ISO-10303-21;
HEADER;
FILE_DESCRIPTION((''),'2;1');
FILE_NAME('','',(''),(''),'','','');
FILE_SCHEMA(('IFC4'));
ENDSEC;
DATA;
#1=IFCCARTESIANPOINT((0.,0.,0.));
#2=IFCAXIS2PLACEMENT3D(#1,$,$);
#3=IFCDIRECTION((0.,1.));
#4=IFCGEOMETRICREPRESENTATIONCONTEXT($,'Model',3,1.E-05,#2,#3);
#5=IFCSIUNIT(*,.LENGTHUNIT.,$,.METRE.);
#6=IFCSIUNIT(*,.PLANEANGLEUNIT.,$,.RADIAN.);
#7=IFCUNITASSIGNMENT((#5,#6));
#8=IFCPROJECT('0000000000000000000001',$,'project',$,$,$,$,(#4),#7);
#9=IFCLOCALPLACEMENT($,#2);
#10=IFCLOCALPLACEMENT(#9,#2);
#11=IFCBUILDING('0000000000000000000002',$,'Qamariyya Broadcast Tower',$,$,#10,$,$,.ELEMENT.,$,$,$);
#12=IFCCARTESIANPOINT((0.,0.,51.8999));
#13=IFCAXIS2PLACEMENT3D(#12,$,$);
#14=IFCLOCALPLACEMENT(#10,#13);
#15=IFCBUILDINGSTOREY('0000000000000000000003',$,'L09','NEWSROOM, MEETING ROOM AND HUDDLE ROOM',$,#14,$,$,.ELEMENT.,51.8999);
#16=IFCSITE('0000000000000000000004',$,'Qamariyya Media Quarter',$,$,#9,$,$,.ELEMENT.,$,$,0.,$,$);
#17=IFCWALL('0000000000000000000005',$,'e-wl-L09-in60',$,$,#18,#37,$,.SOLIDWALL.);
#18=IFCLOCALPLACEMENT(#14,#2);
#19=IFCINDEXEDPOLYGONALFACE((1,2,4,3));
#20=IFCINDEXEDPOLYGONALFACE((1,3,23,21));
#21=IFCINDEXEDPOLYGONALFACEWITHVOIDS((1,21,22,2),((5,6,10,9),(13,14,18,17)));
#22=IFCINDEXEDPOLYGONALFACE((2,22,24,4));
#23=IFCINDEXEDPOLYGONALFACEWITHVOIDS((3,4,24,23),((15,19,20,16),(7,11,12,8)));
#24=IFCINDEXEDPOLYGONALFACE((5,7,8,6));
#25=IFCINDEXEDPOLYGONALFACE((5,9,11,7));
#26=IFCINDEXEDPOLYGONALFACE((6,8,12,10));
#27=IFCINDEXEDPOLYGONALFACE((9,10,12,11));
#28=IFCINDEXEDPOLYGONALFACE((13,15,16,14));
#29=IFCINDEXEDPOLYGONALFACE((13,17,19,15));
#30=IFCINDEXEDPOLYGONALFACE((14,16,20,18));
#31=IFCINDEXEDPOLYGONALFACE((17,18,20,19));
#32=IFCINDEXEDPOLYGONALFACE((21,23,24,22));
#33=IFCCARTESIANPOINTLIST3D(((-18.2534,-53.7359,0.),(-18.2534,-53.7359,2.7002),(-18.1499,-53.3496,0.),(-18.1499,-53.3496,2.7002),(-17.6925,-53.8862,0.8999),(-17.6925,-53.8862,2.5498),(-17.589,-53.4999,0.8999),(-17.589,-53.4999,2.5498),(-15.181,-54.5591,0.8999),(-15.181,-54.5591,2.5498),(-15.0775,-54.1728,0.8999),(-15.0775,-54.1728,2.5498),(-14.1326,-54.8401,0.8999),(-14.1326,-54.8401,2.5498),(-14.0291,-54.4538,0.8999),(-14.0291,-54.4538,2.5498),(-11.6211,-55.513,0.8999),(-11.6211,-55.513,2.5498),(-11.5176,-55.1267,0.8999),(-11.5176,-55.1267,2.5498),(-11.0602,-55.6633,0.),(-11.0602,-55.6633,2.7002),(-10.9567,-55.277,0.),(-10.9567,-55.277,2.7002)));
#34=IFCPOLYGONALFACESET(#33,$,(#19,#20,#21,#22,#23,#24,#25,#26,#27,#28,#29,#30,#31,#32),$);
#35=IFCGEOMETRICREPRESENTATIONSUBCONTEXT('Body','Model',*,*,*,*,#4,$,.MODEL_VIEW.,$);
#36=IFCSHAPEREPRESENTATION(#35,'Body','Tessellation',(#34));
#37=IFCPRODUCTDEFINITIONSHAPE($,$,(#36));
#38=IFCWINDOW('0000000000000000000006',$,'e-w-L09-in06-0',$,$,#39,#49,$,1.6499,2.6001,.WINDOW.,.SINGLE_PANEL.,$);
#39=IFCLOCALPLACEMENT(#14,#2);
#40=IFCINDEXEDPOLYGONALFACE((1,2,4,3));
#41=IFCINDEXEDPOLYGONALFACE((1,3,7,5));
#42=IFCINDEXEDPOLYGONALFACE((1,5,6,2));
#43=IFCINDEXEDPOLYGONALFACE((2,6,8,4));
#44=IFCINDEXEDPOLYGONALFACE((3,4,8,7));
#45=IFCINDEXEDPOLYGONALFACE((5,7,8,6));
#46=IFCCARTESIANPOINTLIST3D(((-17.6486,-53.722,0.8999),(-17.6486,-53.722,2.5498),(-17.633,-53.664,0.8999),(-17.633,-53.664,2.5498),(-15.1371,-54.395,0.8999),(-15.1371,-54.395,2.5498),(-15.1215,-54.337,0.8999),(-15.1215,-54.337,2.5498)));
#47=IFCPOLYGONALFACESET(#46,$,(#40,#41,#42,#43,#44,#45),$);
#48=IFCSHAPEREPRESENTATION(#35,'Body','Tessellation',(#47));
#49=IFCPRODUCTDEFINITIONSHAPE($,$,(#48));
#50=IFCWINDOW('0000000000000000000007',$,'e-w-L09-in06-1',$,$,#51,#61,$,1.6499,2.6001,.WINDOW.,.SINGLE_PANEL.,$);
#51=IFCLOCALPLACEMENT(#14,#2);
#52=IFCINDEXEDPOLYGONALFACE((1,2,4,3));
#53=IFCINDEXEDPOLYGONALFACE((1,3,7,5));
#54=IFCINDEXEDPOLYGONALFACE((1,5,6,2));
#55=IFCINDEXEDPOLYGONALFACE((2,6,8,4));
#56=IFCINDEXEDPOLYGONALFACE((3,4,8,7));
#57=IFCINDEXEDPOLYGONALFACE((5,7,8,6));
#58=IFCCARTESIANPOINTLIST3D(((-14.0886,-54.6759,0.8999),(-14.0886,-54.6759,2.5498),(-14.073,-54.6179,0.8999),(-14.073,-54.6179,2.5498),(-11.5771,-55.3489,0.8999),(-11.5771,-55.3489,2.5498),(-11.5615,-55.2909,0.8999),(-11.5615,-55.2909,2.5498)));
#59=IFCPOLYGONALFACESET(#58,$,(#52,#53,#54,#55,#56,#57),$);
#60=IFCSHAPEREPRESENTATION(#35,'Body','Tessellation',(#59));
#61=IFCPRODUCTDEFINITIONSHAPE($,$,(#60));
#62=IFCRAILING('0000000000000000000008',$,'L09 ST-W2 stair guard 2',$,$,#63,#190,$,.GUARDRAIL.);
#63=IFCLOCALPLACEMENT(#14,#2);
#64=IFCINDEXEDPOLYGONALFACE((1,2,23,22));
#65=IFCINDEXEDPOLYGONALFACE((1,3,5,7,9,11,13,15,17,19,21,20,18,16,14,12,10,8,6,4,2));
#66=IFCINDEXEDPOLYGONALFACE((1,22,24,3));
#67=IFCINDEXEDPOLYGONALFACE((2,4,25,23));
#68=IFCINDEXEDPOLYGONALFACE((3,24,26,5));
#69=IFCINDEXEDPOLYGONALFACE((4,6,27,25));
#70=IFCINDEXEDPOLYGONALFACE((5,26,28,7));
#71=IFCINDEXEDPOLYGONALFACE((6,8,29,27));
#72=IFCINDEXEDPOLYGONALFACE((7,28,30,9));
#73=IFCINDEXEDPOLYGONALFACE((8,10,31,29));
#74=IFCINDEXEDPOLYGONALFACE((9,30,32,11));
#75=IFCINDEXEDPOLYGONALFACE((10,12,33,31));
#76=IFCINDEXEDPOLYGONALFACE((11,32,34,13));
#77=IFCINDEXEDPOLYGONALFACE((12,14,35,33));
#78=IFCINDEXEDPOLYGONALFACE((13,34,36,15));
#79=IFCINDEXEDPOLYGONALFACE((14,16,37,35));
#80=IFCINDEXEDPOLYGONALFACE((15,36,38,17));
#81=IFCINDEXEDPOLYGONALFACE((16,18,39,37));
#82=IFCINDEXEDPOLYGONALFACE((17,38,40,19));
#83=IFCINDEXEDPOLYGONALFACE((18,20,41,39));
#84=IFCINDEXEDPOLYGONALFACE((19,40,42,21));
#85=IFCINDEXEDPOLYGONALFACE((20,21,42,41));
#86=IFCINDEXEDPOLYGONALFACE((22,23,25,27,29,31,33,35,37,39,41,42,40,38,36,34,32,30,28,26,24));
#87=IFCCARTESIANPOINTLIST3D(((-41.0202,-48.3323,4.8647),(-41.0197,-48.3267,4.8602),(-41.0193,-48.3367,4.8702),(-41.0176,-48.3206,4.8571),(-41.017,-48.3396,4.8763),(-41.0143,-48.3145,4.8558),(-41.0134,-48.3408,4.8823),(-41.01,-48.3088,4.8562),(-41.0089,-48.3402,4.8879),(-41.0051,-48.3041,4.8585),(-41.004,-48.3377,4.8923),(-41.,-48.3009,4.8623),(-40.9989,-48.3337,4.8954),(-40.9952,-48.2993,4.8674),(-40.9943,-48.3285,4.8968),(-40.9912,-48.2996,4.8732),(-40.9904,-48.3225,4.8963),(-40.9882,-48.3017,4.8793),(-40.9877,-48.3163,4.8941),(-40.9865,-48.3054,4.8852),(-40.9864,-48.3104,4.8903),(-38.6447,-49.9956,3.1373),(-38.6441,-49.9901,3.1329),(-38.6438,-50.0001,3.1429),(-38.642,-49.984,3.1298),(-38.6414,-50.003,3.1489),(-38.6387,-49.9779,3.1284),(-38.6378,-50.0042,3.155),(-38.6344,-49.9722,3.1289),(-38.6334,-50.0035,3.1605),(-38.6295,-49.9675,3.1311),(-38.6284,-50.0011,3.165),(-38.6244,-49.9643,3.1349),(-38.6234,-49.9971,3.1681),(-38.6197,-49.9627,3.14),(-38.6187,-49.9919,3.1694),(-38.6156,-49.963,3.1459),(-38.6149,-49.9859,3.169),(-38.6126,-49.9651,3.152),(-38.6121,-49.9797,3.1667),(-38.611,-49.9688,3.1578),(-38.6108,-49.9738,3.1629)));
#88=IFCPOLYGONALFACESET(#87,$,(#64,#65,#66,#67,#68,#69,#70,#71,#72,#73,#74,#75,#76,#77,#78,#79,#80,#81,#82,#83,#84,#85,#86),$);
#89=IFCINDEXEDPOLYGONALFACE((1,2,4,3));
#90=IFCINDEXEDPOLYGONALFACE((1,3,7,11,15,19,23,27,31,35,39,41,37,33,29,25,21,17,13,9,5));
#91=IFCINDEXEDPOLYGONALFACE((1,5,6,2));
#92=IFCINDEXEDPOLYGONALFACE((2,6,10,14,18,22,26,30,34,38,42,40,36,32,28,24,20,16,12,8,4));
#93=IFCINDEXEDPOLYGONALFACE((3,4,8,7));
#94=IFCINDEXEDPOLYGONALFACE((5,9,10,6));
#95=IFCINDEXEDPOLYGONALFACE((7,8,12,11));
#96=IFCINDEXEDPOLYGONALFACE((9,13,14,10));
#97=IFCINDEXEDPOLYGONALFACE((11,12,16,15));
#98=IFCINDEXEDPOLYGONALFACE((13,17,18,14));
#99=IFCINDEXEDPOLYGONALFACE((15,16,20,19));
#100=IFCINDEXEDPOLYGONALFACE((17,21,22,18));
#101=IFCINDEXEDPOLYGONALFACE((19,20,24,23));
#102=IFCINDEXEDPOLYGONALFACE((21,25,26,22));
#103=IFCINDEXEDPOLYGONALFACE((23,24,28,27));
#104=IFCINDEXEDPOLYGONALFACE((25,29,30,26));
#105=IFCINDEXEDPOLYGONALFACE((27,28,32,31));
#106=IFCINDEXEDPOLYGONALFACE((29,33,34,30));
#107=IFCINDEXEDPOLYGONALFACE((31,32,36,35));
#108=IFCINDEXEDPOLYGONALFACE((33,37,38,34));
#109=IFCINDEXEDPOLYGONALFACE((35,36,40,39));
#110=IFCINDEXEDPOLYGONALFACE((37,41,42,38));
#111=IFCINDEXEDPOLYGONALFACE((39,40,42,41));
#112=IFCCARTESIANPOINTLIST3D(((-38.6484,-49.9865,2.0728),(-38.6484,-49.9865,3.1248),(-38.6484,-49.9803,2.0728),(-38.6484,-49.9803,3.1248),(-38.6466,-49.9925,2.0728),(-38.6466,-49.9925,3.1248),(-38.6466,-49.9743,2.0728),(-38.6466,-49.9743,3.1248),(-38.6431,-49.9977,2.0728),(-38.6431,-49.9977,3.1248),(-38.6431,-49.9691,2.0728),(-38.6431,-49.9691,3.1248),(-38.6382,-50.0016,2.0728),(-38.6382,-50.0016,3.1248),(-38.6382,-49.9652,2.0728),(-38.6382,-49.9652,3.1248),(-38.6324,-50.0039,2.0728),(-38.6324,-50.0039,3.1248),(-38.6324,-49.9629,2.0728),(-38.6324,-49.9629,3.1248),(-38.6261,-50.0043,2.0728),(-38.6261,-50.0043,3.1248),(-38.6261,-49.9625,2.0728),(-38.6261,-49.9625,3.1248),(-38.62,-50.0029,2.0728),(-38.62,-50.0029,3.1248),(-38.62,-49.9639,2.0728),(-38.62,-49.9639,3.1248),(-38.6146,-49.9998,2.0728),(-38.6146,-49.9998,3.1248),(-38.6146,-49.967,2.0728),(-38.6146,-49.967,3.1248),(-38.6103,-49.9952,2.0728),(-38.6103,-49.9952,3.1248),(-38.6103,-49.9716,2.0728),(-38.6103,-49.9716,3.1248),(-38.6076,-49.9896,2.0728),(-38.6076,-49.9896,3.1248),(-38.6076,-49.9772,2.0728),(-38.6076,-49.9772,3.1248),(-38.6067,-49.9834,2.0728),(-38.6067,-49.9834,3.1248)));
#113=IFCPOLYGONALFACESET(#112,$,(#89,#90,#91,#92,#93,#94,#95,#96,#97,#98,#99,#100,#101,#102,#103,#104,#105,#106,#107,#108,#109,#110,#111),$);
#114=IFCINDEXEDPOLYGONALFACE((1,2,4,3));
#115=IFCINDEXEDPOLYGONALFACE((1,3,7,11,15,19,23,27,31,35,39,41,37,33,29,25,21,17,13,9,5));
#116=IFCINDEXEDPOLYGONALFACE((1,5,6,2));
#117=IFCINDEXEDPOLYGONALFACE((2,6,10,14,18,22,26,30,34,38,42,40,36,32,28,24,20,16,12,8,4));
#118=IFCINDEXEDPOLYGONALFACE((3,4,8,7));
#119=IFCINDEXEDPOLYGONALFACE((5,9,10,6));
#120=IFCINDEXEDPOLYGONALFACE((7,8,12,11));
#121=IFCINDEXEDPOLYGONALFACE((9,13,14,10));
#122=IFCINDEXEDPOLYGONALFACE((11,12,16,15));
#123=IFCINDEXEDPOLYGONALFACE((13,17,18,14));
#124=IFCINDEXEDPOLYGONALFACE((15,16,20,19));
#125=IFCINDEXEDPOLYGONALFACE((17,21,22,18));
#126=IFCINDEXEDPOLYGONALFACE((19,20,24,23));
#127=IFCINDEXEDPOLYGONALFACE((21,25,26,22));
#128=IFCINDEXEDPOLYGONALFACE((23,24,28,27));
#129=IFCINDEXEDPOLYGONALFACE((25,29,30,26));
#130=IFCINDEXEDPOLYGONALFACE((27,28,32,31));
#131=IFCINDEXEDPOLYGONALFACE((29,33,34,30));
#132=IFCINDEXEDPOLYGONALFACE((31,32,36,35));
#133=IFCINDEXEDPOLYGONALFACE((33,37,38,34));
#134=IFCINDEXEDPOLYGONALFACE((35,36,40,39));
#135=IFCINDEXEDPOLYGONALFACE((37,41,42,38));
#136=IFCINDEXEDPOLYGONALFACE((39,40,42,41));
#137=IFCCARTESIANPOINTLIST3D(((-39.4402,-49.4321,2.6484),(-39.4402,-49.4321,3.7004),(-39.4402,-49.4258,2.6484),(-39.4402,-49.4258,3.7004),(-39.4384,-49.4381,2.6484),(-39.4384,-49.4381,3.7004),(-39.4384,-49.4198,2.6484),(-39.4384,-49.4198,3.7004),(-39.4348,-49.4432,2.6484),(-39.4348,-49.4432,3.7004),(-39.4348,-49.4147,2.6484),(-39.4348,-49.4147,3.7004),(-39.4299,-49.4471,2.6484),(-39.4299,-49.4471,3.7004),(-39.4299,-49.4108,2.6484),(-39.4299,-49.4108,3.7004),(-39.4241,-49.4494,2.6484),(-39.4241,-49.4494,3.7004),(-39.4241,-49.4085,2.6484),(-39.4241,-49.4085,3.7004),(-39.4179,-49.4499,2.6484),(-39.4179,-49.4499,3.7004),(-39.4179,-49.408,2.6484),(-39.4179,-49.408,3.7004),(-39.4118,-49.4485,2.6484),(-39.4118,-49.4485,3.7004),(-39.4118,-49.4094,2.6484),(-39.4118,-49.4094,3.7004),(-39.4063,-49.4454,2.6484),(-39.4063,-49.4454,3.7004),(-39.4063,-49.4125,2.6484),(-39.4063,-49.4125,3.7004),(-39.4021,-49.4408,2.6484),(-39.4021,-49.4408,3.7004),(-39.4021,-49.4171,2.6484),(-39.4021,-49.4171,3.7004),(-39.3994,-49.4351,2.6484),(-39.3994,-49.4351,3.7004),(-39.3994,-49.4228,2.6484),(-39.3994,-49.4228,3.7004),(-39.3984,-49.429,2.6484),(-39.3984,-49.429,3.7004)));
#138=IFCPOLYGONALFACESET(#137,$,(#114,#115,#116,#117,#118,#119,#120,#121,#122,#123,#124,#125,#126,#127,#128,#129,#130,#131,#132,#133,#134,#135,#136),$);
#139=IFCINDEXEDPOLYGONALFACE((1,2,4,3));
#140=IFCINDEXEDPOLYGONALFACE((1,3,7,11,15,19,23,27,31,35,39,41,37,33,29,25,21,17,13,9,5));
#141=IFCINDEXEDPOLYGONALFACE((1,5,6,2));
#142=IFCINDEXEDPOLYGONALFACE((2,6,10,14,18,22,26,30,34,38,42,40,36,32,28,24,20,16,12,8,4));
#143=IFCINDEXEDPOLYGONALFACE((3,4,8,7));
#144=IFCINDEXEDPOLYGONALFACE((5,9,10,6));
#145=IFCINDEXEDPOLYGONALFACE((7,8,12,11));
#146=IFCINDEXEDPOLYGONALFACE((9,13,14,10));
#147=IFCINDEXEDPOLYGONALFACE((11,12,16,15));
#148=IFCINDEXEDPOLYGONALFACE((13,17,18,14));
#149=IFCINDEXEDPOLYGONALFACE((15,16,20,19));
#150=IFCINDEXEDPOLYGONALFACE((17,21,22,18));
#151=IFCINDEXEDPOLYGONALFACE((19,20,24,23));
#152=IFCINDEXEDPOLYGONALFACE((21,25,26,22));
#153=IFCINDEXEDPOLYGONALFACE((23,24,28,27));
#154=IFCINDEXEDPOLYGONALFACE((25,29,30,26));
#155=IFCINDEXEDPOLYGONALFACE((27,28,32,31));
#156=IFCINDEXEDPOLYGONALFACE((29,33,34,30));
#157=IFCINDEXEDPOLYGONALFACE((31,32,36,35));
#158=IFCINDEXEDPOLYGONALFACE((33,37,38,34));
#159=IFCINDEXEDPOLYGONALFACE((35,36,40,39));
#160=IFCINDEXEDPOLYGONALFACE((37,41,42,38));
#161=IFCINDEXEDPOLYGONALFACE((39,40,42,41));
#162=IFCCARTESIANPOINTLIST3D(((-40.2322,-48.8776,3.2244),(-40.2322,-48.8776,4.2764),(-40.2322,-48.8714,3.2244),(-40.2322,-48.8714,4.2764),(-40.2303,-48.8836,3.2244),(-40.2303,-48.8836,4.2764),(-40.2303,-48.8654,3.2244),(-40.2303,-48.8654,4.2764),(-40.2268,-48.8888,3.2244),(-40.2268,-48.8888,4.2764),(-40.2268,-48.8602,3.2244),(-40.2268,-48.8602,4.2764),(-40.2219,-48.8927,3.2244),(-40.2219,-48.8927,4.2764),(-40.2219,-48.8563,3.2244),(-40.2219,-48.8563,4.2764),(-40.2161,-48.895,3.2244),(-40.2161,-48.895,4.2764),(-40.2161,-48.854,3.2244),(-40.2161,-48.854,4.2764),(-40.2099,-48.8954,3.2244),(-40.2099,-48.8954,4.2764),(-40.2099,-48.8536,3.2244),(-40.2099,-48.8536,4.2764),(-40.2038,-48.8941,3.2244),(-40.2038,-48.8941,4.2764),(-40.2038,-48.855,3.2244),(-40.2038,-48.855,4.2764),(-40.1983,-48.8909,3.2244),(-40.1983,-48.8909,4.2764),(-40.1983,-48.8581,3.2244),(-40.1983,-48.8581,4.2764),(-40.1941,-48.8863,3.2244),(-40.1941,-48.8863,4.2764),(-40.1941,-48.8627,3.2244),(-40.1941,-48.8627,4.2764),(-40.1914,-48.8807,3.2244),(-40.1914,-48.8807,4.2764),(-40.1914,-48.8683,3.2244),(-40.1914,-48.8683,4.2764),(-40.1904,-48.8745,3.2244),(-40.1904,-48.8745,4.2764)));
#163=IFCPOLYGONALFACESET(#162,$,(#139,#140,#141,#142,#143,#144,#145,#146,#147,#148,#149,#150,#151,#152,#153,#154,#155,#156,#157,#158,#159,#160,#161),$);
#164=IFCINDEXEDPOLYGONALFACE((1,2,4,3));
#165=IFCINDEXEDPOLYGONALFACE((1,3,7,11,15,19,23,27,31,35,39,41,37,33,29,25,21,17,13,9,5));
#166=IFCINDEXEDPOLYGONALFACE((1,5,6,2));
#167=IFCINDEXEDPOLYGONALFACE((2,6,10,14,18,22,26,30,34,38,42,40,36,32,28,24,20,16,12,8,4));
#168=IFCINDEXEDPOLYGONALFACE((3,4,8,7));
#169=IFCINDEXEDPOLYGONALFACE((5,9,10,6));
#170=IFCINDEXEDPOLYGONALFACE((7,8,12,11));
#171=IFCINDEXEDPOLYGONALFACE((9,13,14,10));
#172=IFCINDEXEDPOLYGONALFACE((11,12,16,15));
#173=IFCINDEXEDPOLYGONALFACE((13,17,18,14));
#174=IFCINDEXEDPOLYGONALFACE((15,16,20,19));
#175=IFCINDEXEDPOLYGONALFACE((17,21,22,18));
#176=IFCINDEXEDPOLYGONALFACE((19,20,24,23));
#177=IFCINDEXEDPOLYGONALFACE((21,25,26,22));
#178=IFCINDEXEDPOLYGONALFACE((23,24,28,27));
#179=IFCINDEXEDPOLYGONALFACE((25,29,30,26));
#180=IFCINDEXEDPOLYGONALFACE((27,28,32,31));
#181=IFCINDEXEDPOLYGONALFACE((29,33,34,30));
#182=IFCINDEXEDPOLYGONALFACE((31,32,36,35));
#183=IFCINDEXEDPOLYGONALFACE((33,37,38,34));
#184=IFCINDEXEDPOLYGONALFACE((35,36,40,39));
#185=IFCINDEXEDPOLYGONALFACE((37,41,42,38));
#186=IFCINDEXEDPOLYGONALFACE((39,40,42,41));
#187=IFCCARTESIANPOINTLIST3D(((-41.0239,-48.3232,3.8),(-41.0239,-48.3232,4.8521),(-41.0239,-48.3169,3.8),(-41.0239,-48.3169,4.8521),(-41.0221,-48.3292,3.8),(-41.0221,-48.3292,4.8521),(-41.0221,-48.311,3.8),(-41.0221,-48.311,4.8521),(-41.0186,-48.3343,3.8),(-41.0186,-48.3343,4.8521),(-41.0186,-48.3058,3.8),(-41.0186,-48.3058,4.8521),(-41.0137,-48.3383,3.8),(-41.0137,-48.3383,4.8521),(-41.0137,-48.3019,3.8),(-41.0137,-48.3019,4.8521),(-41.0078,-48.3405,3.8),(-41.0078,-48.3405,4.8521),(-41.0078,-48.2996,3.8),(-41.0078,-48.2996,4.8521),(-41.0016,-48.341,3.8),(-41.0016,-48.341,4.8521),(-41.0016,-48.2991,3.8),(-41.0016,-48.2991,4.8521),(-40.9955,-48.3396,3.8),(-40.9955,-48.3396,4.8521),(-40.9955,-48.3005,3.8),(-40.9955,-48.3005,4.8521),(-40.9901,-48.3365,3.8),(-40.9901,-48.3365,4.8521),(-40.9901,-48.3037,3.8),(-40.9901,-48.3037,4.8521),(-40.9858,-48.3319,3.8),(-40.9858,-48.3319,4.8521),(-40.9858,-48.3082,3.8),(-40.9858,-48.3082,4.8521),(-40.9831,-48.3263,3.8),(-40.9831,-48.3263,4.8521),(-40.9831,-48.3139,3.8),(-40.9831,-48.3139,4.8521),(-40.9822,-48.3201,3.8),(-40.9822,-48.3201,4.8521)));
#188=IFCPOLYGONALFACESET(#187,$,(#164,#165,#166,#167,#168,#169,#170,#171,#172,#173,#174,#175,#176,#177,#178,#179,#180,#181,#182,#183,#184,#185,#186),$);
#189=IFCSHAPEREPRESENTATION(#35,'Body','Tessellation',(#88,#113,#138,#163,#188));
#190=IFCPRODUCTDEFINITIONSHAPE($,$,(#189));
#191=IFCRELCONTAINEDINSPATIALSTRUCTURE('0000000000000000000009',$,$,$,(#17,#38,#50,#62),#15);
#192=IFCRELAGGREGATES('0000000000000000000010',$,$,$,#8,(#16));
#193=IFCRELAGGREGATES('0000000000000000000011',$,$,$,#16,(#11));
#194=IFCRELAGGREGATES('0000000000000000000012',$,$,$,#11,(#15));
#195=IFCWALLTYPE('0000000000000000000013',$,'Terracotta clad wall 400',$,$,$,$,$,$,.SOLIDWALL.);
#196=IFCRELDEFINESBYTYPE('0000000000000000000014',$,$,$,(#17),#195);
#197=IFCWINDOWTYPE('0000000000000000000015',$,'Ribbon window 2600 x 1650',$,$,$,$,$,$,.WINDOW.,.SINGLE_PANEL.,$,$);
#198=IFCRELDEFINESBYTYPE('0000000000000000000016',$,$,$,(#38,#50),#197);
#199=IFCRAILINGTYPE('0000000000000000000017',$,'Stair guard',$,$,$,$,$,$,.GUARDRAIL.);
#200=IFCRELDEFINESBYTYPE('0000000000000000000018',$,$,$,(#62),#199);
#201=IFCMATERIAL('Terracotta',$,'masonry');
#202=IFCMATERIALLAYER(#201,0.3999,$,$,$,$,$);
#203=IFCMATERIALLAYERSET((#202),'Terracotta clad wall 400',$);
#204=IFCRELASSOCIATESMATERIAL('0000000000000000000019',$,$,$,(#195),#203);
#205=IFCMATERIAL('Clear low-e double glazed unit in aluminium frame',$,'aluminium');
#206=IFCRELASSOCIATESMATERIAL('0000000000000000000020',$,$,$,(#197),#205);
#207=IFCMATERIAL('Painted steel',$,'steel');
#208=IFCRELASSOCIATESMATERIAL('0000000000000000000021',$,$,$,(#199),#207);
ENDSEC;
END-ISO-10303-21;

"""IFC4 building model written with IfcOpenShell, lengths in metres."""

from ifc_helpers import new_model, si_unit, direction, frame, frame_2d, origin, origin_2d, place, context, subcontext, project, spatial, rectangle, circle, extrude, material, layer, layer_set, type_object, element, fill, save


model = new_model("IFC4")

# Units and contexts
model_context = context("Model", 3, precision=1e-05, world=origin(), true_north=direction((0.0, 1.0)))
body_context = subcontext(model_context, "Body", "Model", "MODEL_VIEW")
ifc_project = project(units=[si_unit("LENGTHUNIT", "METRE"), si_unit("PLANEANGLEUNIT", "RADIAN")], contexts=[model_context])

# Site, building, storey
site_placement = place(None, origin())
site = spatial("IfcSite", under=ifc_project, at=site_placement, Name="Qamariyya Media Quarter", CompositionType="ELEMENT", RefElevation=0.0)
building_placement = place(site_placement, origin())
building = spatial("IfcBuilding", under=site, at=building_placement, Name="Qamariyya Broadcast Tower", CompositionType="ELEMENT")
storey_placement = place(building_placement, frame((0.0, 0.0, 51.8999)))
storey = spatial("IfcBuildingStorey", under=building, at=storey_placement, Name="L09", Description="NEWSROOM, MEETING ROOM AND HUDDLE ROOM", CompositionType="ELEMENT", Elevation=51.8999)

# Wall, openings, windows
ifc_material_1 = material(Name="Terracotta", Category="masonry")
ifc_layer_1 = layer(ifc_material_1, 0.3999)
ifc_layer_set_1 = layer_set([ifc_layer_1], Name="Terracotta clad wall 400")
wall_type_1 = type_object("IfcWallType", Name="Terracotta clad wall 400", PredefinedType="SOLIDWALL", material=ifc_layer_set_1)
ifc_material_2 = material(Name="Clear low-e double glazed unit in aluminium frame", Category="aluminium")
window_type = type_object("IfcWindowType", Name="Ribbon window 2600 x 1650", PartitioningType="SINGLE_PANEL", PredefinedType="WINDOW", material=ifc_material_2)
wall_1_placement = place(storey_placement, frame((-11.0083, -55.4702, 0.0), z_axis=(0.0, 0.0, 1.0), x_axis=(-0.965925, 0.258823, 0.0)))
wall_1 = element("IfcWall", 1, at=wall_1_placement, inside=storey, type_object=wall_type_1, Name="e-wl-L09-in60", PredefinedType="SOLIDWALL", context=body_context, shape_type="SweptSolid", body=[
    extrude(rectangle(XDim=7.447, YDim=0.3999, at=frame_2d((3.7236, 0.0))), origin(), (0.0, 0.0, 1.0), 2.7002),
])
opening_1_placement = place(wall_1_placement, frame((4.2664, 0.0, 0.8999)))
opening_1 = element("IfcOpeningElement", 2, at=opening_1_placement, cuts=wall_1, PredefinedType="OPENING", context=body_context, shape_type="SweptSolid", body=[
    extrude(rectangle(XDim=2.6001, YDim=1.6499, at=frame_2d((1.3, 0.825))), frame((0.0, 0.21, 0.0), z_axis=(0.0, -1.0, 0.0), x_axis=(1.0, 0.0, 0.0)), (0.0, 0.0, 1.0), 0.4199),
])
opening_2_placement = place(wall_1_placement, frame((0.5808, 0.0, 0.8999)))
opening_2 = element("IfcOpeningElement", 3, at=opening_2_placement, cuts=wall_1, PredefinedType="OPENING", context=body_context, shape_type="SweptSolid", body=[
    extrude(rectangle(XDim=2.6001, YDim=1.6499, at=frame_2d((1.3, 0.825))), frame((0.0, 0.21, 0.0), z_axis=(0.0, -1.0, 0.0), x_axis=(1.0, 0.0, 0.0)), (0.0, 0.0, 1.0), 0.4199),
])
window_1_placement = place(opening_1_placement, origin())
window_1 = element("IfcWindow", 4, at=window_1_placement, inside=storey, type_object=window_type, Name="e-w-L09-in06-0", OverallHeight=1.6499, OverallWidth=2.6001, PartitioningType="SINGLE_PANEL", PredefinedType="WINDOW", context=body_context, shape_type="SweptSolid", body=[
    extrude(rectangle(XDim=2.6001, YDim=1.6499, at=frame_2d((1.3, 0.825))), frame((0.0, 0.03, 0.0), z_axis=(0.0, -1.0, 0.0), x_axis=(1.0, 0.0, 0.0)), (0.0, 0.0, 1.0), 0.0601),
])
fill(opening_1, window_1)
window_2_placement = place(opening_2_placement, origin())
window_2 = element("IfcWindow", 5, at=window_2_placement, inside=storey, type_object=window_type, Name="e-w-L09-in06-1", OverallHeight=1.6499, OverallWidth=2.6001, PartitioningType="SINGLE_PANEL", PredefinedType="WINDOW", context=body_context, shape_type="SweptSolid", body=[
    extrude(rectangle(XDim=2.6001, YDim=1.6499, at=frame_2d((1.3, 0.825))), frame((0.0, 0.03, 0.0), z_axis=(0.0, -1.0, 0.0), x_axis=(1.0, 0.0, 0.0)), (0.0, 0.0, 1.0), 0.0601),
])
fill(opening_2, window_2)

# Railing
ifc_material_3 = material(Name="Painted steel", Category="steel")
railing_type = type_object("IfcRailingType", Name="Stair guard", PredefinedType="GUARDRAIL", material=ifc_material_3)
railing_placement = place(storey_placement, frame((-38.6277, -49.9834, 2.0728)))
element("IfcRailing", 6, at=railing_placement, inside=storey, type_object=railing_type, Name="L09 ST-W2 stair guard 2", PredefinedType="GUARDRAIL", context=body_context, shape_type="SweptSolid", body=[
    extrude(circle(Radius=0.0239, at=origin_2d()), frame((0.0, 0.0, 1.0762), z_axis=(-0.70377, 0.492784, 0.511734), x_axis=(-0.573575, -0.819153, 0.0)), (0.0, 0.0, 1.0), 3.3755),
    extrude(circle(Radius=0.021, at=origin_2d()), origin(), (0.0, 0.0, 1.0), 1.052),
    extrude(circle(Radius=0.021, at=origin_2d()), frame((-0.7917, 0.5544, 0.5757)), (0.0, 0.0, 1.0), 1.052),
    extrude(circle(Radius=0.021, at=origin_2d()), frame((-1.5837, 1.1089, 1.1516)), (0.0, 0.0, 1.0), 1.052),
    extrude(circle(Radius=0.021, at=origin_2d()), frame((-2.3755, 1.6633, 1.7273)), (0.0, 0.0, 1.0), 1.052),
])

save(model, "model.ifc")
